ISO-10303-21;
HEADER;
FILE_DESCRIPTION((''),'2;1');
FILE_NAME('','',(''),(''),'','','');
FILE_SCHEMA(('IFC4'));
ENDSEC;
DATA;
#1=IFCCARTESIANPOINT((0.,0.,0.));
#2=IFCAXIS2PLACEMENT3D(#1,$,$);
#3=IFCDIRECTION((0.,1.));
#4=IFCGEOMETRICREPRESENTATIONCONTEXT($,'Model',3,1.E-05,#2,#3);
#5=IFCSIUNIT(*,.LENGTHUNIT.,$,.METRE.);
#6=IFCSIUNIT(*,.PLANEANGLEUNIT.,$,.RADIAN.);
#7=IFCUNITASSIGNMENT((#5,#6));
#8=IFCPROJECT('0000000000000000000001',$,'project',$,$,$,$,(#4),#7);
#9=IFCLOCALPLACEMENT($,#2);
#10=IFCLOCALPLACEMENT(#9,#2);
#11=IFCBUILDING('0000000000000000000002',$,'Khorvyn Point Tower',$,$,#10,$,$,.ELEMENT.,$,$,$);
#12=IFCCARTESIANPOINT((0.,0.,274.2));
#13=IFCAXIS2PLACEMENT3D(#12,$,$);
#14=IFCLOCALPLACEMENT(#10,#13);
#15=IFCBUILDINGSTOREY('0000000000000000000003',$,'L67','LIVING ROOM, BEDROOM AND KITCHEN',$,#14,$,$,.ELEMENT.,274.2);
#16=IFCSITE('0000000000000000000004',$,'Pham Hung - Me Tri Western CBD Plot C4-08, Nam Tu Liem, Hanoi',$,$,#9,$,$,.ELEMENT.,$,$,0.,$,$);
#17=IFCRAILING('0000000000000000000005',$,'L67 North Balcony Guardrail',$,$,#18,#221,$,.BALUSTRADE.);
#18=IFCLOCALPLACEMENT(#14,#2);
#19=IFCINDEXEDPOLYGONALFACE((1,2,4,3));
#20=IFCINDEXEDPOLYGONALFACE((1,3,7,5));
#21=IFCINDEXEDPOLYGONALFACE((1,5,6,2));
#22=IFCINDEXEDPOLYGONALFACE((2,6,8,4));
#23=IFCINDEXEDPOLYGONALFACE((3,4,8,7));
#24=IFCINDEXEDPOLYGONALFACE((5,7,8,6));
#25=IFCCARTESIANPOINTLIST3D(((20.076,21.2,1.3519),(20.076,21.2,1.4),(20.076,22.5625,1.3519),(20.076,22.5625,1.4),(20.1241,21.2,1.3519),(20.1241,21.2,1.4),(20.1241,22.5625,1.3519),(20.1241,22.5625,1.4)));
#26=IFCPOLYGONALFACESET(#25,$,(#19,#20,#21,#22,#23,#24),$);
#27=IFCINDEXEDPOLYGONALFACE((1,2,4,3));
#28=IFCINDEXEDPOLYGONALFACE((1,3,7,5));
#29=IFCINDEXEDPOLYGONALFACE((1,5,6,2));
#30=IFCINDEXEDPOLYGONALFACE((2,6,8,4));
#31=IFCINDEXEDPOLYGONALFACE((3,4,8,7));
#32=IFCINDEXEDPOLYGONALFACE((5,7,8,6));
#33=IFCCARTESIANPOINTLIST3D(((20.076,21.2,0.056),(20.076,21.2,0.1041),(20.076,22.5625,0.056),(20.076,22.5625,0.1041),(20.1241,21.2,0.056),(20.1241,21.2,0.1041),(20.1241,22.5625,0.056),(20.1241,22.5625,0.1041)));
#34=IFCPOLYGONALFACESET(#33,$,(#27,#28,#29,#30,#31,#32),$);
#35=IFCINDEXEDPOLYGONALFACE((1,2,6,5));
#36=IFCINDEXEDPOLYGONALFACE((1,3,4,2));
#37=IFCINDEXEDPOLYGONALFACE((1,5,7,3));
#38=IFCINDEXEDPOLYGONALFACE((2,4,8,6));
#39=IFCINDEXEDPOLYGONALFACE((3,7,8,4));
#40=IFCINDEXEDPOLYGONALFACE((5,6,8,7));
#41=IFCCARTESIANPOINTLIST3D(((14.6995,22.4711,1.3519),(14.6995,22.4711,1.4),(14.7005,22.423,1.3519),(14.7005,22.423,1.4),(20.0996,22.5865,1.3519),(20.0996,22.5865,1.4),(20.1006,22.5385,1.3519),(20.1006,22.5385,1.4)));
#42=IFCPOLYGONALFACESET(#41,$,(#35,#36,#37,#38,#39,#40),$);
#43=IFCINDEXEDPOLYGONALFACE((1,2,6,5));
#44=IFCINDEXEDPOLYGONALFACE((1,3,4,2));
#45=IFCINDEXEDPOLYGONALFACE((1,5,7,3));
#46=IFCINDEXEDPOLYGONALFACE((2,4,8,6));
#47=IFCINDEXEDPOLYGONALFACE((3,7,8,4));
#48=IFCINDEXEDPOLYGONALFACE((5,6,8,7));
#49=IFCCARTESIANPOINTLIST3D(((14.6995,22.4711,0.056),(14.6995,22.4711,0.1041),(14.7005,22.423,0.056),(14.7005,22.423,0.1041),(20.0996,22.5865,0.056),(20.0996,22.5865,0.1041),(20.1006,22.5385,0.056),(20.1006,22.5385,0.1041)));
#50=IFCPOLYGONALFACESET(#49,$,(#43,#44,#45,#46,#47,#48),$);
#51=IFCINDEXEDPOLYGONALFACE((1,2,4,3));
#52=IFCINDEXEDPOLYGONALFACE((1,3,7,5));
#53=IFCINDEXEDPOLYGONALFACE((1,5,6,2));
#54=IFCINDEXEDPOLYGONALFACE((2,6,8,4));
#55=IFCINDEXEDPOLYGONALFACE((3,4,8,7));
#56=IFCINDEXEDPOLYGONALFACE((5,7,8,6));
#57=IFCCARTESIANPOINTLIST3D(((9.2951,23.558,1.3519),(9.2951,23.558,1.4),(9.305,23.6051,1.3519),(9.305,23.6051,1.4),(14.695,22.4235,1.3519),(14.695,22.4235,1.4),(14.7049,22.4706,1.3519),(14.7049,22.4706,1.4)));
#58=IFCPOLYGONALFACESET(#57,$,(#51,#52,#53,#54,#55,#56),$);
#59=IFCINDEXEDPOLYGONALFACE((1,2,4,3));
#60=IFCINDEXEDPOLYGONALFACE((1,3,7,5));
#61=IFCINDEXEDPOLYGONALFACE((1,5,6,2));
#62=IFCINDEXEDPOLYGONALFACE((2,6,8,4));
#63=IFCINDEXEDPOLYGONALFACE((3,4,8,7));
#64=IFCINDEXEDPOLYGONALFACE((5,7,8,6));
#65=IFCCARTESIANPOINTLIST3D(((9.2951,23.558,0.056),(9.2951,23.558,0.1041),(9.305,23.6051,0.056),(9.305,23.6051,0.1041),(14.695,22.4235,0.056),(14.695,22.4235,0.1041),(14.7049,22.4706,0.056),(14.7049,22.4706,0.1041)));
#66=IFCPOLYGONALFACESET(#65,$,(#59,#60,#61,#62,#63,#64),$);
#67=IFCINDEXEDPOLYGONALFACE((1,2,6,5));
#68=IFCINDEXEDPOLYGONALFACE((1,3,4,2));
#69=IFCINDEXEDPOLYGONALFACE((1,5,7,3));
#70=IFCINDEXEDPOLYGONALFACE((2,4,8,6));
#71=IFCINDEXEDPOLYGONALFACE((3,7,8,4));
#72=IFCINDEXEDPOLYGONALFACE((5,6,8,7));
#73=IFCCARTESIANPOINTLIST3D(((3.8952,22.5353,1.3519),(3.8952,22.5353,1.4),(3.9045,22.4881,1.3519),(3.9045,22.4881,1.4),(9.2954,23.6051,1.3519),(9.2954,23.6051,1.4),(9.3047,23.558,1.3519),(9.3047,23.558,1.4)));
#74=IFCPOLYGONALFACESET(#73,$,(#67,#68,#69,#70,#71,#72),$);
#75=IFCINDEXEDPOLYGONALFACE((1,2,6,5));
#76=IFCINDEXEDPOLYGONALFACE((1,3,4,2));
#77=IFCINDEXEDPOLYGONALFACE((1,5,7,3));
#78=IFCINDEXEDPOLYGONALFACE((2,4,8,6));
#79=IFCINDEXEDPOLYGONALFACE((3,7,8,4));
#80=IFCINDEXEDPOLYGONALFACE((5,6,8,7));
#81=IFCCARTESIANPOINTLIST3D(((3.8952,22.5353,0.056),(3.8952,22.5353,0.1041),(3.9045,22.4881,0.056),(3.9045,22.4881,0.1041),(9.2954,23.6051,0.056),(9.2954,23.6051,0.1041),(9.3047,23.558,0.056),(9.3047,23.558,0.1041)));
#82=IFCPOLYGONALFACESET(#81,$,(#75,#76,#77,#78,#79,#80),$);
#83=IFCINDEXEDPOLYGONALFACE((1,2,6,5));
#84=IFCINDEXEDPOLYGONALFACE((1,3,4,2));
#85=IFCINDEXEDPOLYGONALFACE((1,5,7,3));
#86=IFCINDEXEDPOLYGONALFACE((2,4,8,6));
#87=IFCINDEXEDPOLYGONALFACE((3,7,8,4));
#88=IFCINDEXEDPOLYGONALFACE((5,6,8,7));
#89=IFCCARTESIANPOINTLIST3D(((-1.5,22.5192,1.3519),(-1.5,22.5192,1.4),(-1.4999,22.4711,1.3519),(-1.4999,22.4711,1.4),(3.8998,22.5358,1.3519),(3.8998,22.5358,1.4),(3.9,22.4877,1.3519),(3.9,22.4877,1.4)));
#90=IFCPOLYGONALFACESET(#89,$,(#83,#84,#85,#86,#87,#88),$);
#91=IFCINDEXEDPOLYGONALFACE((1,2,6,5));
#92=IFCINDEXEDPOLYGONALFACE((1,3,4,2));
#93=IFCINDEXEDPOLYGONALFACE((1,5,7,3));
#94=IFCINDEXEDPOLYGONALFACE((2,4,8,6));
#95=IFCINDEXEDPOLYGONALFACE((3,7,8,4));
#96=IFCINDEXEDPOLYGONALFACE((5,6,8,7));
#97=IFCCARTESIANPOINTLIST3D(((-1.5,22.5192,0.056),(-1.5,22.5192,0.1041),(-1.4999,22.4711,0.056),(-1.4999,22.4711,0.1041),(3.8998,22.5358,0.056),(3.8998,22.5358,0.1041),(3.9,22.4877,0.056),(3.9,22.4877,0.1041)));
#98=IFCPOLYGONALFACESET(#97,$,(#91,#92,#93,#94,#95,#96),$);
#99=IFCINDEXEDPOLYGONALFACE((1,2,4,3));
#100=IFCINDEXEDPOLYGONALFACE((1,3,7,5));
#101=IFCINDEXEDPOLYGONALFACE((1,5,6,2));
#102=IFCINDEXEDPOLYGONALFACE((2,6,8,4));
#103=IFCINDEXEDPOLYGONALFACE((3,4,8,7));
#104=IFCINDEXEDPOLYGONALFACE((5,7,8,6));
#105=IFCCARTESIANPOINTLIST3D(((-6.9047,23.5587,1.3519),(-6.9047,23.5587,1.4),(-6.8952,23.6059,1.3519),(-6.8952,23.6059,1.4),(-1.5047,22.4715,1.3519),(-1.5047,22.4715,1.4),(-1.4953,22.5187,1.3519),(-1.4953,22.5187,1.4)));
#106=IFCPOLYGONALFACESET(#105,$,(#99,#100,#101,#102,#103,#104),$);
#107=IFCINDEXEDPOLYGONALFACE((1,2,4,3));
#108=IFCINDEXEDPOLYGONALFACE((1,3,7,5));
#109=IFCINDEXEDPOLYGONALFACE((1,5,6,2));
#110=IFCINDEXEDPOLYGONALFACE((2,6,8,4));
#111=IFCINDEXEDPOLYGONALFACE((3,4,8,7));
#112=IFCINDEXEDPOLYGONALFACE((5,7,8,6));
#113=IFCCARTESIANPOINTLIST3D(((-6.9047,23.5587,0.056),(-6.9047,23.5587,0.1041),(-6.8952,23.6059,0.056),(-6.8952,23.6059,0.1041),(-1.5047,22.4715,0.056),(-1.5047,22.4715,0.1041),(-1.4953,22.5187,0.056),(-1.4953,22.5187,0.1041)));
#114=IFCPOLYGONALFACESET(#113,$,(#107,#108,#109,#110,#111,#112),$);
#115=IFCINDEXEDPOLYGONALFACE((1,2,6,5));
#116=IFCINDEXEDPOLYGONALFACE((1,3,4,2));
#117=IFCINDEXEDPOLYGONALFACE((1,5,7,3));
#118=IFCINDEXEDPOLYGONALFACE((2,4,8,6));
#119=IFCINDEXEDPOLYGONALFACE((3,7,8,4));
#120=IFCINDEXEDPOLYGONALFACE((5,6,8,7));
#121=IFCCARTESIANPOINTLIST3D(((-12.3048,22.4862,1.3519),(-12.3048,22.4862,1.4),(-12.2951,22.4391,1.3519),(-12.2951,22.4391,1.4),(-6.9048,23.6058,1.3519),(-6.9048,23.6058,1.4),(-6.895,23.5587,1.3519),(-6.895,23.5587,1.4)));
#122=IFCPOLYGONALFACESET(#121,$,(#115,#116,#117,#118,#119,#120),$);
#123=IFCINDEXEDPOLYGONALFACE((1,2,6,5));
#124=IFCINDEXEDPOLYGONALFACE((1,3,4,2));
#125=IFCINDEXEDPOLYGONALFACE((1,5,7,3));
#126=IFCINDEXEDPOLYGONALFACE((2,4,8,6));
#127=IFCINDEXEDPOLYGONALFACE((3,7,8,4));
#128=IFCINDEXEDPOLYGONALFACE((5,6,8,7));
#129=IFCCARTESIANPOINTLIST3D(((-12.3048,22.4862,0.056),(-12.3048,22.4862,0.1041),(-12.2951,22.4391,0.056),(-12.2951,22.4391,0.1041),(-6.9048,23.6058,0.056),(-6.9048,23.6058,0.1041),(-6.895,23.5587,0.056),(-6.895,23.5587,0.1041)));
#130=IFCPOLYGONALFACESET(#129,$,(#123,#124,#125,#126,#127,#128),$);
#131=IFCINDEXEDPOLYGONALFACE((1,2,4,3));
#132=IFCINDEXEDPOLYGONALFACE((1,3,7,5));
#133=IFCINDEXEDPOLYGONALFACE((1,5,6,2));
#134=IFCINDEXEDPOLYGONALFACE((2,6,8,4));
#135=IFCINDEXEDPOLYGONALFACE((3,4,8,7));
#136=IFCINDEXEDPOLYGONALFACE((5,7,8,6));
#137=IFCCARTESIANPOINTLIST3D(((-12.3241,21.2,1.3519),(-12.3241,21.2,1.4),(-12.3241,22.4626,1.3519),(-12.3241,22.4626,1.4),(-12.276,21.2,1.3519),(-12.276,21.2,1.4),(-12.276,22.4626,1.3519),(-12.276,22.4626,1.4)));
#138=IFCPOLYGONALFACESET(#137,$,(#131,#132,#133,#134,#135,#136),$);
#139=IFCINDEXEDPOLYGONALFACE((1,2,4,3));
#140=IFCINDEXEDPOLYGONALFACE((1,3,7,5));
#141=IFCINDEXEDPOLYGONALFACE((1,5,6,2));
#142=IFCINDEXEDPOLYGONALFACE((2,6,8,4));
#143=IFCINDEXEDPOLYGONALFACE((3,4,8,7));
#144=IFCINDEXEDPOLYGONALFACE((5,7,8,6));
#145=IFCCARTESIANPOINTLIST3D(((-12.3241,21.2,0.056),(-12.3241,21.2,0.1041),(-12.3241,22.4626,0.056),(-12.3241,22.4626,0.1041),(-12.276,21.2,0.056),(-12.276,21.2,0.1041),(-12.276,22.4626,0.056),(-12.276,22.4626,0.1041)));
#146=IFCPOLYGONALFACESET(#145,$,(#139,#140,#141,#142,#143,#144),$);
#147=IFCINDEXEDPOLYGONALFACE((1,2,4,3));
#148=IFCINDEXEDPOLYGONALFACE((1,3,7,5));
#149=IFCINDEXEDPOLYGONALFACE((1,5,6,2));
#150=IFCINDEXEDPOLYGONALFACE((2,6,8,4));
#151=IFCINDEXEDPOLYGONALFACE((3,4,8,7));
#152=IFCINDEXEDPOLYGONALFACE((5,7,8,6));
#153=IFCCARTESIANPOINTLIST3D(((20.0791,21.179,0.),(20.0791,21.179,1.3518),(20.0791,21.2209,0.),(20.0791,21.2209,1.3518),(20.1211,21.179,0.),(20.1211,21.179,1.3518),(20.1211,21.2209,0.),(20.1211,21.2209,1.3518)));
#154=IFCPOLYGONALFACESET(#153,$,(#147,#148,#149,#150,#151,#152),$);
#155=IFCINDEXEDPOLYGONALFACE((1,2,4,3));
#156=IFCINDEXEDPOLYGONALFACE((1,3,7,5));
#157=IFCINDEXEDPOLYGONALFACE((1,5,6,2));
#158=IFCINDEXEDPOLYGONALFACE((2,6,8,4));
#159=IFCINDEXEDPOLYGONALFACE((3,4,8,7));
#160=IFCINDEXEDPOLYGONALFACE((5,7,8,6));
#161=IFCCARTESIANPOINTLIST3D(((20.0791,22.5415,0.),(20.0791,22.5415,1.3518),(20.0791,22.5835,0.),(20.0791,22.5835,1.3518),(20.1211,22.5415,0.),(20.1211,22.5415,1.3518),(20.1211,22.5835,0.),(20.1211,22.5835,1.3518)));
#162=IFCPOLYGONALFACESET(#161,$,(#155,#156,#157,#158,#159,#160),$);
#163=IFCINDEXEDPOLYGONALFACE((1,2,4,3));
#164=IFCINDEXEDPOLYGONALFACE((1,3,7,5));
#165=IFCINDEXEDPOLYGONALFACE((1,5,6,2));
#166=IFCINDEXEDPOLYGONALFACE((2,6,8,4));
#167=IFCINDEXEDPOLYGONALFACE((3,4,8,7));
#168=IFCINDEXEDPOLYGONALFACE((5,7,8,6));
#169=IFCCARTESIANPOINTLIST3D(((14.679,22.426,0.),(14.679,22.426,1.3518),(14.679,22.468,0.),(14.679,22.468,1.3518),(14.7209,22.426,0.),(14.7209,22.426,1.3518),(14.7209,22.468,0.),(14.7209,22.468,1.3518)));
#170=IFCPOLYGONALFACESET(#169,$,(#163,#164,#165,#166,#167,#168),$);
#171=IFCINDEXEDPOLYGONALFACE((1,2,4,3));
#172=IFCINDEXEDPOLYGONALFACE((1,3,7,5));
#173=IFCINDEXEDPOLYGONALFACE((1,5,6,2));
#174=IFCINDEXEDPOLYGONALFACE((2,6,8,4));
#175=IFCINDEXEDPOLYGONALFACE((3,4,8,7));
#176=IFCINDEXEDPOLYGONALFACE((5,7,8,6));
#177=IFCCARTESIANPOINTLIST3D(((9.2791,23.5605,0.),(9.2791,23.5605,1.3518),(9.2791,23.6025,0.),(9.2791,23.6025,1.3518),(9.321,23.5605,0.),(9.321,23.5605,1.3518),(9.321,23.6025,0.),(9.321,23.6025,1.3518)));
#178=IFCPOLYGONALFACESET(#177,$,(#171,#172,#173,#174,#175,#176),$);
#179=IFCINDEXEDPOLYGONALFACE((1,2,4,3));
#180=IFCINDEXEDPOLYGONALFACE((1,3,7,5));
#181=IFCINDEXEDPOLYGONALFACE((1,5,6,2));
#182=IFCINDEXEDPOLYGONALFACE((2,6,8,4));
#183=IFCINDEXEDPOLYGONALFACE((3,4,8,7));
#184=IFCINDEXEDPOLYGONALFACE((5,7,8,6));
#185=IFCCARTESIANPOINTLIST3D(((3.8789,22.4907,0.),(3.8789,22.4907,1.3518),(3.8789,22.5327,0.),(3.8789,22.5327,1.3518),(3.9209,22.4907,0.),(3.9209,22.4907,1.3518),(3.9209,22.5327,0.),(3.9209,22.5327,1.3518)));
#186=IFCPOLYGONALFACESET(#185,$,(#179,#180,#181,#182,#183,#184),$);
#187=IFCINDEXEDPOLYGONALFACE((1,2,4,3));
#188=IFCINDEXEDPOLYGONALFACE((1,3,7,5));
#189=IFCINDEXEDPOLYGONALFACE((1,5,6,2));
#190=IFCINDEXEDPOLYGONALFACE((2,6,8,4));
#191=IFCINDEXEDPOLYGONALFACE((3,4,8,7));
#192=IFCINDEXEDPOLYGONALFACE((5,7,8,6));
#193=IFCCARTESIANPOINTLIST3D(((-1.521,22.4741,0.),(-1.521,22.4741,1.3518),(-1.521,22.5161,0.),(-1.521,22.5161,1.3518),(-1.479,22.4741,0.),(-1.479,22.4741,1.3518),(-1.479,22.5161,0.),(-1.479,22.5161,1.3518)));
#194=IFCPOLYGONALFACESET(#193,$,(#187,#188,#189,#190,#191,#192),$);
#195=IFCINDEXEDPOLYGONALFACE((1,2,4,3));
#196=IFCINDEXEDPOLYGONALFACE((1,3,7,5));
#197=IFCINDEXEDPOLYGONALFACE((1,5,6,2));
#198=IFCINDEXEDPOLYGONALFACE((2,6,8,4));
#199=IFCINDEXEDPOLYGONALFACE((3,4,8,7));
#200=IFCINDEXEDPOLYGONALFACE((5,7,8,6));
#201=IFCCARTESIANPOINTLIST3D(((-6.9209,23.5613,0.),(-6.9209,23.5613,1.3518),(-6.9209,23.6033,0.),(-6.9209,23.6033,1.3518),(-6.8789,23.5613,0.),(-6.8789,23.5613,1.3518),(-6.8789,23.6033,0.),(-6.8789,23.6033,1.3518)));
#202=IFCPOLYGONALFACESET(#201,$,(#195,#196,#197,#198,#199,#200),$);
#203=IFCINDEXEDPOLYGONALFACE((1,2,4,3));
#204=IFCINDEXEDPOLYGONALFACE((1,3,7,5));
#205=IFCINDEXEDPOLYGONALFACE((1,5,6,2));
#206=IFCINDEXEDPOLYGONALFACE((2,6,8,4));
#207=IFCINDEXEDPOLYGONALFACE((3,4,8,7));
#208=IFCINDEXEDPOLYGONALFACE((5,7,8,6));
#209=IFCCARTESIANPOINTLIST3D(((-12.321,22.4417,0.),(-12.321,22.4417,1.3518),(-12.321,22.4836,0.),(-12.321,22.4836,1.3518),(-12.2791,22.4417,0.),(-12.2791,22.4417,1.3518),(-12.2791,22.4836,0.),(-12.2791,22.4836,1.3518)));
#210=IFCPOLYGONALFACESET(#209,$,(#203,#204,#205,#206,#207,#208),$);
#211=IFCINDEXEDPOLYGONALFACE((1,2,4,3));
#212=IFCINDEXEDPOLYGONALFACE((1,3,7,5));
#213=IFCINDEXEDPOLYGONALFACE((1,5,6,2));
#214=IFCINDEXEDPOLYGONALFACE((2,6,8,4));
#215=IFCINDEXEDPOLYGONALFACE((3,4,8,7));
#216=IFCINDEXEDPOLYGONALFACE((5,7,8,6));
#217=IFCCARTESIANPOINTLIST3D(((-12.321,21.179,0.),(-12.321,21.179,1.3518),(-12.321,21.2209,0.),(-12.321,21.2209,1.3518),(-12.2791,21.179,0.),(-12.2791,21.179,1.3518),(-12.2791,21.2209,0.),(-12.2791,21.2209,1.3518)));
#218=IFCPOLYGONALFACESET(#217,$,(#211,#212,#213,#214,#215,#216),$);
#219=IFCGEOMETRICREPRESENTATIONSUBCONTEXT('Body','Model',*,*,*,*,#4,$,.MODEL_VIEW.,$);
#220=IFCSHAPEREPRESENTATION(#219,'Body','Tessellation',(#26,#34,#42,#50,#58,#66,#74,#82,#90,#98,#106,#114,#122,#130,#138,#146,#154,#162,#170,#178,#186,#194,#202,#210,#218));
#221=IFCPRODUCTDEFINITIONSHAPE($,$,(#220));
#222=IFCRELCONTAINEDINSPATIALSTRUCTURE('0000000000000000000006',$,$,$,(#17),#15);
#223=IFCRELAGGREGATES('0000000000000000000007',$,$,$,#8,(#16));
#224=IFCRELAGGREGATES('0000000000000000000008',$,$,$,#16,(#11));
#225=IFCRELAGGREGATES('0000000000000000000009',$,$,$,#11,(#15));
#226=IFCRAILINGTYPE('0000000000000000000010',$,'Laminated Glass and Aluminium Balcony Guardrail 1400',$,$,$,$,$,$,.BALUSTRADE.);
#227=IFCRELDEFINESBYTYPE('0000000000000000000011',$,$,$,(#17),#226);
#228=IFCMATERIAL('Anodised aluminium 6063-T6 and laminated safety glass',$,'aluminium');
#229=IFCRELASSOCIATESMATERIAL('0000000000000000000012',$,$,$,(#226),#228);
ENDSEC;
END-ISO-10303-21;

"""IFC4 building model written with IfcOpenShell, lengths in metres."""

from ifc_helpers import new_model, si_unit, direction, frame, origin, origin_2d, place, context, subcontext, project, spatial, rectangle, extrude, material, type_object, element, save


model = new_model("IFC4")

# Units and contexts
model_context = context("Model", 3, precision=1e-05, world=origin(), true_north=direction((0.0, 1.0)))
body_context = subcontext(model_context, "Body", "Model", "MODEL_VIEW")
ifc_project = project(units=[si_unit("LENGTHUNIT", "METRE"), si_unit("PLANEANGLEUNIT", "RADIAN")], contexts=[model_context])

# Site, building, storey
site_placement = place(None, origin())
site = spatial("IfcSite", under=ifc_project, at=site_placement, Name="Pham Hung - Me Tri Western CBD Plot C4-08, Nam Tu Liem, Hanoi", CompositionType="ELEMENT", RefElevation=0.0)
building_placement = place(site_placement, origin())
building = spatial("IfcBuilding", under=site, at=building_placement, Name="Khorvyn Point Tower", CompositionType="ELEMENT")
storey_placement = place(building_placement, frame((0.0, 0.0, 274.2)))
storey = spatial("IfcBuildingStorey", under=building, at=storey_placement, Name="L67", Description="LIVING ROOM, BEDROOM AND KITCHEN", CompositionType="ELEMENT", Elevation=274.2)

# Railing
ifc_material_1 = material(Name="Anodised aluminium 6063-T6 and laminated safety glass", Category="aluminium")
railing_type = type_object("IfcRailingType", Name="Laminated Glass and Aluminium Balcony Guardrail 1400", PredefinedType="BALUSTRADE", material=ifc_material_1)
railing_1_placement = place(storey_placement, frame((20.1001, 21.2, 0.0)))
element("IfcRailing", 1, at=railing_1_placement, inside=storey, type_object=railing_type, Name="L67 North Balcony Guardrail", PredefinedType="BALUSTRADE", context=body_context, shape_type="SweptSolid", body=[
    extrude(rectangle(XDim=0.0481, YDim=0.0481, at=origin_2d()), frame((0.0, 0.0, 1.376), z_axis=(0.0, 1.0, 0.0), x_axis=(-1.0, 0.0, 0.0)), (0.0, 0.0, 1.0), 1.3625),
    extrude(rectangle(XDim=0.0481, YDim=0.0481, at=origin_2d()), frame((0.0, 0.0, 0.0801), z_axis=(0.0, 1.0, 0.0), x_axis=(-1.0, 0.0, 0.0)), (0.0, 0.0, 1.0), 1.3625),
    extrude(rectangle(XDim=0.0481, YDim=0.0481, at=origin_2d()), frame((0.0, 1.3625, 1.376), z_axis=(-0.999771, -0.021379, 0.0), x_axis=(0.021379, -0.999771, 0.0)), (0.0, 0.0, 1.0), 5.4014),
    extrude(rectangle(XDim=0.0481, YDim=0.0481, at=origin_2d()), frame((0.0, 1.3625, 0.0801), z_axis=(-0.999771, -0.021379, 0.0), x_axis=(0.021379, -0.999771, 0.0)), (0.0, 0.0, 1.0), 5.4014),
    extrude(rectangle(XDim=0.0481, YDim=0.0481, at=origin_2d()), frame((-5.4001, 1.2471, 1.376), z_axis=(-0.978634, 0.205611, 0.0), x_axis=(-0.205611, -0.978634, 0.0)), (0.0, 0.0, 1.0), 5.5178),
    extrude(rectangle(XDim=0.0481, YDim=0.0481, at=origin_2d()), frame((-5.4001, 1.2471, 0.0801), z_axis=(-0.978634, 0.205611, 0.0), x_axis=(-0.205611, -0.978634, 0.0)), (0.0, 0.0, 1.0), 5.5178),
    extrude(rectangle(XDim=0.0481, YDim=0.0481, at=origin_2d()), frame((-10.8, 2.3816, 1.376), z_axis=(-0.980936, -0.194333, 0.0), x_axis=(0.194333, -0.980936, 0.0)), (0.0, 0.0, 1.0), 5.5051),
    extrude(rectangle(XDim=0.0481, YDim=0.0481, at=origin_2d()), frame((-10.8, 2.3816, 0.0801), z_axis=(-0.980936, -0.194333, 0.0), x_axis=(0.194333, -0.980936, 0.0)), (0.0, 0.0, 1.0), 5.5051),
    extrude(rectangle(XDim=0.0481, YDim=0.0481, at=origin_2d()), frame((-16.2002, 1.3118, 1.376), z_axis=(-0.999995, -0.003074, 0.0), x_axis=(0.003074, -0.999995, 0.0)), (0.0, 0.0, 1.0), 5.3999),
    extrude(rectangle(XDim=0.0481, YDim=0.0481, at=origin_2d()), frame((-16.2002, 1.3118, 0.0801), z_axis=(-0.999995, -0.003074, 0.0), x_axis=(0.003074, -0.999995, 0.0)), (0.0, 0.0, 1.0), 5.3999),
    extrude(rectangle(XDim=0.0481, YDim=0.0481, at=origin_2d()), frame((-21.6001, 1.2952, 1.376), z_axis=(-0.980329, 0.197369, 0.0), x_axis=(-0.197369, -0.980329, 0.0)), (0.0, 0.0, 1.0), 5.5083),
    extrude(rectangle(XDim=0.0481, YDim=0.0481, at=origin_2d()), frame((-21.6001, 1.2952, 0.0801), z_axis=(-0.980329, 0.197369, 0.0), x_axis=(-0.197369, -0.980329, 0.0)), (0.0, 0.0, 1.0), 5.5083),
    extrude(rectangle(XDim=0.0481, YDim=0.0481, at=origin_2d()), frame((-27.0, 2.3823, 1.376), z_axis=(-0.979176, -0.203015, 0.0), x_axis=(0.203015, -0.979176, 0.0)), (0.0, 0.0, 1.0), 5.5149),
    extrude(rectangle(XDim=0.0481, YDim=0.0481, at=origin_2d()), frame((-27.0, 2.3823, 0.0801), z_axis=(-0.979176, -0.203015, 0.0), x_axis=(0.203015, -0.979176, 0.0)), (0.0, 0.0, 1.0), 5.5149),
    extrude(rectangle(XDim=0.0481, YDim=0.0481, at=origin_2d()), frame((-32.4001, 1.2627, 1.376), z_axis=(0.0, -1.0, 0.0), x_axis=(1.0, 0.0, 0.0)), (0.0, 0.0, 1.0), 1.2627),
    extrude(rectangle(XDim=0.0481, YDim=0.0481, at=origin_2d()), frame((-32.4001, 1.2627, 0.0801), z_axis=(0.0, -1.0, 0.0), x_axis=(1.0, 0.0, 0.0)), (0.0, 0.0, 1.0), 1.2627),
    extrude(rectangle(XDim=0.042, YDim=0.042, at=origin_2d()), origin(), (0.0, 0.0, 1.0), 1.3518),
    extrude(rectangle(XDim=0.042, YDim=0.042, at=origin_2d()), frame((0.0, 1.3625, 0.0)), (0.0, 0.0, 1.0), 1.3518),
    extrude(rectangle(XDim=0.042, YDim=0.042, at=origin_2d()), frame((-5.4001, 1.2471, 0.0)), (0.0, 0.0, 1.0), 1.3518),
    extrude(rectangle(XDim=0.042, YDim=0.042, at=origin_2d()), frame((-10.8, 2.3816, 0.0)), (0.0, 0.0, 1.0), 1.3518),
    extrude(rectangle(XDim=0.042, YDim=0.042, at=origin_2d()), frame((-16.2002, 1.3118, 0.0)), (0.0, 0.0, 1.0), 1.3518),
    extrude(rectangle(XDim=0.042, YDim=0.042, at=origin_2d()), frame((-21.6001, 1.2952, 0.0)), (0.0, 0.0, 1.0), 1.3518),
    extrude(rectangle(XDim=0.042, YDim=0.042, at=origin_2d()), frame((-27.0, 2.3823, 0.0)), (0.0, 0.0, 1.0), 1.3518),
    extrude(rectangle(XDim=0.042, YDim=0.042, at=origin_2d()), frame((-32.4001, 1.2627, 0.0)), (0.0, 0.0, 1.0), 1.3518),
    extrude(rectangle(XDim=0.042, YDim=0.042, at=origin_2d()), frame((-32.4001, 0.0, 0.0)), (0.0, 0.0, 1.0), 1.3518),
])

save(model, "model.ifc")
